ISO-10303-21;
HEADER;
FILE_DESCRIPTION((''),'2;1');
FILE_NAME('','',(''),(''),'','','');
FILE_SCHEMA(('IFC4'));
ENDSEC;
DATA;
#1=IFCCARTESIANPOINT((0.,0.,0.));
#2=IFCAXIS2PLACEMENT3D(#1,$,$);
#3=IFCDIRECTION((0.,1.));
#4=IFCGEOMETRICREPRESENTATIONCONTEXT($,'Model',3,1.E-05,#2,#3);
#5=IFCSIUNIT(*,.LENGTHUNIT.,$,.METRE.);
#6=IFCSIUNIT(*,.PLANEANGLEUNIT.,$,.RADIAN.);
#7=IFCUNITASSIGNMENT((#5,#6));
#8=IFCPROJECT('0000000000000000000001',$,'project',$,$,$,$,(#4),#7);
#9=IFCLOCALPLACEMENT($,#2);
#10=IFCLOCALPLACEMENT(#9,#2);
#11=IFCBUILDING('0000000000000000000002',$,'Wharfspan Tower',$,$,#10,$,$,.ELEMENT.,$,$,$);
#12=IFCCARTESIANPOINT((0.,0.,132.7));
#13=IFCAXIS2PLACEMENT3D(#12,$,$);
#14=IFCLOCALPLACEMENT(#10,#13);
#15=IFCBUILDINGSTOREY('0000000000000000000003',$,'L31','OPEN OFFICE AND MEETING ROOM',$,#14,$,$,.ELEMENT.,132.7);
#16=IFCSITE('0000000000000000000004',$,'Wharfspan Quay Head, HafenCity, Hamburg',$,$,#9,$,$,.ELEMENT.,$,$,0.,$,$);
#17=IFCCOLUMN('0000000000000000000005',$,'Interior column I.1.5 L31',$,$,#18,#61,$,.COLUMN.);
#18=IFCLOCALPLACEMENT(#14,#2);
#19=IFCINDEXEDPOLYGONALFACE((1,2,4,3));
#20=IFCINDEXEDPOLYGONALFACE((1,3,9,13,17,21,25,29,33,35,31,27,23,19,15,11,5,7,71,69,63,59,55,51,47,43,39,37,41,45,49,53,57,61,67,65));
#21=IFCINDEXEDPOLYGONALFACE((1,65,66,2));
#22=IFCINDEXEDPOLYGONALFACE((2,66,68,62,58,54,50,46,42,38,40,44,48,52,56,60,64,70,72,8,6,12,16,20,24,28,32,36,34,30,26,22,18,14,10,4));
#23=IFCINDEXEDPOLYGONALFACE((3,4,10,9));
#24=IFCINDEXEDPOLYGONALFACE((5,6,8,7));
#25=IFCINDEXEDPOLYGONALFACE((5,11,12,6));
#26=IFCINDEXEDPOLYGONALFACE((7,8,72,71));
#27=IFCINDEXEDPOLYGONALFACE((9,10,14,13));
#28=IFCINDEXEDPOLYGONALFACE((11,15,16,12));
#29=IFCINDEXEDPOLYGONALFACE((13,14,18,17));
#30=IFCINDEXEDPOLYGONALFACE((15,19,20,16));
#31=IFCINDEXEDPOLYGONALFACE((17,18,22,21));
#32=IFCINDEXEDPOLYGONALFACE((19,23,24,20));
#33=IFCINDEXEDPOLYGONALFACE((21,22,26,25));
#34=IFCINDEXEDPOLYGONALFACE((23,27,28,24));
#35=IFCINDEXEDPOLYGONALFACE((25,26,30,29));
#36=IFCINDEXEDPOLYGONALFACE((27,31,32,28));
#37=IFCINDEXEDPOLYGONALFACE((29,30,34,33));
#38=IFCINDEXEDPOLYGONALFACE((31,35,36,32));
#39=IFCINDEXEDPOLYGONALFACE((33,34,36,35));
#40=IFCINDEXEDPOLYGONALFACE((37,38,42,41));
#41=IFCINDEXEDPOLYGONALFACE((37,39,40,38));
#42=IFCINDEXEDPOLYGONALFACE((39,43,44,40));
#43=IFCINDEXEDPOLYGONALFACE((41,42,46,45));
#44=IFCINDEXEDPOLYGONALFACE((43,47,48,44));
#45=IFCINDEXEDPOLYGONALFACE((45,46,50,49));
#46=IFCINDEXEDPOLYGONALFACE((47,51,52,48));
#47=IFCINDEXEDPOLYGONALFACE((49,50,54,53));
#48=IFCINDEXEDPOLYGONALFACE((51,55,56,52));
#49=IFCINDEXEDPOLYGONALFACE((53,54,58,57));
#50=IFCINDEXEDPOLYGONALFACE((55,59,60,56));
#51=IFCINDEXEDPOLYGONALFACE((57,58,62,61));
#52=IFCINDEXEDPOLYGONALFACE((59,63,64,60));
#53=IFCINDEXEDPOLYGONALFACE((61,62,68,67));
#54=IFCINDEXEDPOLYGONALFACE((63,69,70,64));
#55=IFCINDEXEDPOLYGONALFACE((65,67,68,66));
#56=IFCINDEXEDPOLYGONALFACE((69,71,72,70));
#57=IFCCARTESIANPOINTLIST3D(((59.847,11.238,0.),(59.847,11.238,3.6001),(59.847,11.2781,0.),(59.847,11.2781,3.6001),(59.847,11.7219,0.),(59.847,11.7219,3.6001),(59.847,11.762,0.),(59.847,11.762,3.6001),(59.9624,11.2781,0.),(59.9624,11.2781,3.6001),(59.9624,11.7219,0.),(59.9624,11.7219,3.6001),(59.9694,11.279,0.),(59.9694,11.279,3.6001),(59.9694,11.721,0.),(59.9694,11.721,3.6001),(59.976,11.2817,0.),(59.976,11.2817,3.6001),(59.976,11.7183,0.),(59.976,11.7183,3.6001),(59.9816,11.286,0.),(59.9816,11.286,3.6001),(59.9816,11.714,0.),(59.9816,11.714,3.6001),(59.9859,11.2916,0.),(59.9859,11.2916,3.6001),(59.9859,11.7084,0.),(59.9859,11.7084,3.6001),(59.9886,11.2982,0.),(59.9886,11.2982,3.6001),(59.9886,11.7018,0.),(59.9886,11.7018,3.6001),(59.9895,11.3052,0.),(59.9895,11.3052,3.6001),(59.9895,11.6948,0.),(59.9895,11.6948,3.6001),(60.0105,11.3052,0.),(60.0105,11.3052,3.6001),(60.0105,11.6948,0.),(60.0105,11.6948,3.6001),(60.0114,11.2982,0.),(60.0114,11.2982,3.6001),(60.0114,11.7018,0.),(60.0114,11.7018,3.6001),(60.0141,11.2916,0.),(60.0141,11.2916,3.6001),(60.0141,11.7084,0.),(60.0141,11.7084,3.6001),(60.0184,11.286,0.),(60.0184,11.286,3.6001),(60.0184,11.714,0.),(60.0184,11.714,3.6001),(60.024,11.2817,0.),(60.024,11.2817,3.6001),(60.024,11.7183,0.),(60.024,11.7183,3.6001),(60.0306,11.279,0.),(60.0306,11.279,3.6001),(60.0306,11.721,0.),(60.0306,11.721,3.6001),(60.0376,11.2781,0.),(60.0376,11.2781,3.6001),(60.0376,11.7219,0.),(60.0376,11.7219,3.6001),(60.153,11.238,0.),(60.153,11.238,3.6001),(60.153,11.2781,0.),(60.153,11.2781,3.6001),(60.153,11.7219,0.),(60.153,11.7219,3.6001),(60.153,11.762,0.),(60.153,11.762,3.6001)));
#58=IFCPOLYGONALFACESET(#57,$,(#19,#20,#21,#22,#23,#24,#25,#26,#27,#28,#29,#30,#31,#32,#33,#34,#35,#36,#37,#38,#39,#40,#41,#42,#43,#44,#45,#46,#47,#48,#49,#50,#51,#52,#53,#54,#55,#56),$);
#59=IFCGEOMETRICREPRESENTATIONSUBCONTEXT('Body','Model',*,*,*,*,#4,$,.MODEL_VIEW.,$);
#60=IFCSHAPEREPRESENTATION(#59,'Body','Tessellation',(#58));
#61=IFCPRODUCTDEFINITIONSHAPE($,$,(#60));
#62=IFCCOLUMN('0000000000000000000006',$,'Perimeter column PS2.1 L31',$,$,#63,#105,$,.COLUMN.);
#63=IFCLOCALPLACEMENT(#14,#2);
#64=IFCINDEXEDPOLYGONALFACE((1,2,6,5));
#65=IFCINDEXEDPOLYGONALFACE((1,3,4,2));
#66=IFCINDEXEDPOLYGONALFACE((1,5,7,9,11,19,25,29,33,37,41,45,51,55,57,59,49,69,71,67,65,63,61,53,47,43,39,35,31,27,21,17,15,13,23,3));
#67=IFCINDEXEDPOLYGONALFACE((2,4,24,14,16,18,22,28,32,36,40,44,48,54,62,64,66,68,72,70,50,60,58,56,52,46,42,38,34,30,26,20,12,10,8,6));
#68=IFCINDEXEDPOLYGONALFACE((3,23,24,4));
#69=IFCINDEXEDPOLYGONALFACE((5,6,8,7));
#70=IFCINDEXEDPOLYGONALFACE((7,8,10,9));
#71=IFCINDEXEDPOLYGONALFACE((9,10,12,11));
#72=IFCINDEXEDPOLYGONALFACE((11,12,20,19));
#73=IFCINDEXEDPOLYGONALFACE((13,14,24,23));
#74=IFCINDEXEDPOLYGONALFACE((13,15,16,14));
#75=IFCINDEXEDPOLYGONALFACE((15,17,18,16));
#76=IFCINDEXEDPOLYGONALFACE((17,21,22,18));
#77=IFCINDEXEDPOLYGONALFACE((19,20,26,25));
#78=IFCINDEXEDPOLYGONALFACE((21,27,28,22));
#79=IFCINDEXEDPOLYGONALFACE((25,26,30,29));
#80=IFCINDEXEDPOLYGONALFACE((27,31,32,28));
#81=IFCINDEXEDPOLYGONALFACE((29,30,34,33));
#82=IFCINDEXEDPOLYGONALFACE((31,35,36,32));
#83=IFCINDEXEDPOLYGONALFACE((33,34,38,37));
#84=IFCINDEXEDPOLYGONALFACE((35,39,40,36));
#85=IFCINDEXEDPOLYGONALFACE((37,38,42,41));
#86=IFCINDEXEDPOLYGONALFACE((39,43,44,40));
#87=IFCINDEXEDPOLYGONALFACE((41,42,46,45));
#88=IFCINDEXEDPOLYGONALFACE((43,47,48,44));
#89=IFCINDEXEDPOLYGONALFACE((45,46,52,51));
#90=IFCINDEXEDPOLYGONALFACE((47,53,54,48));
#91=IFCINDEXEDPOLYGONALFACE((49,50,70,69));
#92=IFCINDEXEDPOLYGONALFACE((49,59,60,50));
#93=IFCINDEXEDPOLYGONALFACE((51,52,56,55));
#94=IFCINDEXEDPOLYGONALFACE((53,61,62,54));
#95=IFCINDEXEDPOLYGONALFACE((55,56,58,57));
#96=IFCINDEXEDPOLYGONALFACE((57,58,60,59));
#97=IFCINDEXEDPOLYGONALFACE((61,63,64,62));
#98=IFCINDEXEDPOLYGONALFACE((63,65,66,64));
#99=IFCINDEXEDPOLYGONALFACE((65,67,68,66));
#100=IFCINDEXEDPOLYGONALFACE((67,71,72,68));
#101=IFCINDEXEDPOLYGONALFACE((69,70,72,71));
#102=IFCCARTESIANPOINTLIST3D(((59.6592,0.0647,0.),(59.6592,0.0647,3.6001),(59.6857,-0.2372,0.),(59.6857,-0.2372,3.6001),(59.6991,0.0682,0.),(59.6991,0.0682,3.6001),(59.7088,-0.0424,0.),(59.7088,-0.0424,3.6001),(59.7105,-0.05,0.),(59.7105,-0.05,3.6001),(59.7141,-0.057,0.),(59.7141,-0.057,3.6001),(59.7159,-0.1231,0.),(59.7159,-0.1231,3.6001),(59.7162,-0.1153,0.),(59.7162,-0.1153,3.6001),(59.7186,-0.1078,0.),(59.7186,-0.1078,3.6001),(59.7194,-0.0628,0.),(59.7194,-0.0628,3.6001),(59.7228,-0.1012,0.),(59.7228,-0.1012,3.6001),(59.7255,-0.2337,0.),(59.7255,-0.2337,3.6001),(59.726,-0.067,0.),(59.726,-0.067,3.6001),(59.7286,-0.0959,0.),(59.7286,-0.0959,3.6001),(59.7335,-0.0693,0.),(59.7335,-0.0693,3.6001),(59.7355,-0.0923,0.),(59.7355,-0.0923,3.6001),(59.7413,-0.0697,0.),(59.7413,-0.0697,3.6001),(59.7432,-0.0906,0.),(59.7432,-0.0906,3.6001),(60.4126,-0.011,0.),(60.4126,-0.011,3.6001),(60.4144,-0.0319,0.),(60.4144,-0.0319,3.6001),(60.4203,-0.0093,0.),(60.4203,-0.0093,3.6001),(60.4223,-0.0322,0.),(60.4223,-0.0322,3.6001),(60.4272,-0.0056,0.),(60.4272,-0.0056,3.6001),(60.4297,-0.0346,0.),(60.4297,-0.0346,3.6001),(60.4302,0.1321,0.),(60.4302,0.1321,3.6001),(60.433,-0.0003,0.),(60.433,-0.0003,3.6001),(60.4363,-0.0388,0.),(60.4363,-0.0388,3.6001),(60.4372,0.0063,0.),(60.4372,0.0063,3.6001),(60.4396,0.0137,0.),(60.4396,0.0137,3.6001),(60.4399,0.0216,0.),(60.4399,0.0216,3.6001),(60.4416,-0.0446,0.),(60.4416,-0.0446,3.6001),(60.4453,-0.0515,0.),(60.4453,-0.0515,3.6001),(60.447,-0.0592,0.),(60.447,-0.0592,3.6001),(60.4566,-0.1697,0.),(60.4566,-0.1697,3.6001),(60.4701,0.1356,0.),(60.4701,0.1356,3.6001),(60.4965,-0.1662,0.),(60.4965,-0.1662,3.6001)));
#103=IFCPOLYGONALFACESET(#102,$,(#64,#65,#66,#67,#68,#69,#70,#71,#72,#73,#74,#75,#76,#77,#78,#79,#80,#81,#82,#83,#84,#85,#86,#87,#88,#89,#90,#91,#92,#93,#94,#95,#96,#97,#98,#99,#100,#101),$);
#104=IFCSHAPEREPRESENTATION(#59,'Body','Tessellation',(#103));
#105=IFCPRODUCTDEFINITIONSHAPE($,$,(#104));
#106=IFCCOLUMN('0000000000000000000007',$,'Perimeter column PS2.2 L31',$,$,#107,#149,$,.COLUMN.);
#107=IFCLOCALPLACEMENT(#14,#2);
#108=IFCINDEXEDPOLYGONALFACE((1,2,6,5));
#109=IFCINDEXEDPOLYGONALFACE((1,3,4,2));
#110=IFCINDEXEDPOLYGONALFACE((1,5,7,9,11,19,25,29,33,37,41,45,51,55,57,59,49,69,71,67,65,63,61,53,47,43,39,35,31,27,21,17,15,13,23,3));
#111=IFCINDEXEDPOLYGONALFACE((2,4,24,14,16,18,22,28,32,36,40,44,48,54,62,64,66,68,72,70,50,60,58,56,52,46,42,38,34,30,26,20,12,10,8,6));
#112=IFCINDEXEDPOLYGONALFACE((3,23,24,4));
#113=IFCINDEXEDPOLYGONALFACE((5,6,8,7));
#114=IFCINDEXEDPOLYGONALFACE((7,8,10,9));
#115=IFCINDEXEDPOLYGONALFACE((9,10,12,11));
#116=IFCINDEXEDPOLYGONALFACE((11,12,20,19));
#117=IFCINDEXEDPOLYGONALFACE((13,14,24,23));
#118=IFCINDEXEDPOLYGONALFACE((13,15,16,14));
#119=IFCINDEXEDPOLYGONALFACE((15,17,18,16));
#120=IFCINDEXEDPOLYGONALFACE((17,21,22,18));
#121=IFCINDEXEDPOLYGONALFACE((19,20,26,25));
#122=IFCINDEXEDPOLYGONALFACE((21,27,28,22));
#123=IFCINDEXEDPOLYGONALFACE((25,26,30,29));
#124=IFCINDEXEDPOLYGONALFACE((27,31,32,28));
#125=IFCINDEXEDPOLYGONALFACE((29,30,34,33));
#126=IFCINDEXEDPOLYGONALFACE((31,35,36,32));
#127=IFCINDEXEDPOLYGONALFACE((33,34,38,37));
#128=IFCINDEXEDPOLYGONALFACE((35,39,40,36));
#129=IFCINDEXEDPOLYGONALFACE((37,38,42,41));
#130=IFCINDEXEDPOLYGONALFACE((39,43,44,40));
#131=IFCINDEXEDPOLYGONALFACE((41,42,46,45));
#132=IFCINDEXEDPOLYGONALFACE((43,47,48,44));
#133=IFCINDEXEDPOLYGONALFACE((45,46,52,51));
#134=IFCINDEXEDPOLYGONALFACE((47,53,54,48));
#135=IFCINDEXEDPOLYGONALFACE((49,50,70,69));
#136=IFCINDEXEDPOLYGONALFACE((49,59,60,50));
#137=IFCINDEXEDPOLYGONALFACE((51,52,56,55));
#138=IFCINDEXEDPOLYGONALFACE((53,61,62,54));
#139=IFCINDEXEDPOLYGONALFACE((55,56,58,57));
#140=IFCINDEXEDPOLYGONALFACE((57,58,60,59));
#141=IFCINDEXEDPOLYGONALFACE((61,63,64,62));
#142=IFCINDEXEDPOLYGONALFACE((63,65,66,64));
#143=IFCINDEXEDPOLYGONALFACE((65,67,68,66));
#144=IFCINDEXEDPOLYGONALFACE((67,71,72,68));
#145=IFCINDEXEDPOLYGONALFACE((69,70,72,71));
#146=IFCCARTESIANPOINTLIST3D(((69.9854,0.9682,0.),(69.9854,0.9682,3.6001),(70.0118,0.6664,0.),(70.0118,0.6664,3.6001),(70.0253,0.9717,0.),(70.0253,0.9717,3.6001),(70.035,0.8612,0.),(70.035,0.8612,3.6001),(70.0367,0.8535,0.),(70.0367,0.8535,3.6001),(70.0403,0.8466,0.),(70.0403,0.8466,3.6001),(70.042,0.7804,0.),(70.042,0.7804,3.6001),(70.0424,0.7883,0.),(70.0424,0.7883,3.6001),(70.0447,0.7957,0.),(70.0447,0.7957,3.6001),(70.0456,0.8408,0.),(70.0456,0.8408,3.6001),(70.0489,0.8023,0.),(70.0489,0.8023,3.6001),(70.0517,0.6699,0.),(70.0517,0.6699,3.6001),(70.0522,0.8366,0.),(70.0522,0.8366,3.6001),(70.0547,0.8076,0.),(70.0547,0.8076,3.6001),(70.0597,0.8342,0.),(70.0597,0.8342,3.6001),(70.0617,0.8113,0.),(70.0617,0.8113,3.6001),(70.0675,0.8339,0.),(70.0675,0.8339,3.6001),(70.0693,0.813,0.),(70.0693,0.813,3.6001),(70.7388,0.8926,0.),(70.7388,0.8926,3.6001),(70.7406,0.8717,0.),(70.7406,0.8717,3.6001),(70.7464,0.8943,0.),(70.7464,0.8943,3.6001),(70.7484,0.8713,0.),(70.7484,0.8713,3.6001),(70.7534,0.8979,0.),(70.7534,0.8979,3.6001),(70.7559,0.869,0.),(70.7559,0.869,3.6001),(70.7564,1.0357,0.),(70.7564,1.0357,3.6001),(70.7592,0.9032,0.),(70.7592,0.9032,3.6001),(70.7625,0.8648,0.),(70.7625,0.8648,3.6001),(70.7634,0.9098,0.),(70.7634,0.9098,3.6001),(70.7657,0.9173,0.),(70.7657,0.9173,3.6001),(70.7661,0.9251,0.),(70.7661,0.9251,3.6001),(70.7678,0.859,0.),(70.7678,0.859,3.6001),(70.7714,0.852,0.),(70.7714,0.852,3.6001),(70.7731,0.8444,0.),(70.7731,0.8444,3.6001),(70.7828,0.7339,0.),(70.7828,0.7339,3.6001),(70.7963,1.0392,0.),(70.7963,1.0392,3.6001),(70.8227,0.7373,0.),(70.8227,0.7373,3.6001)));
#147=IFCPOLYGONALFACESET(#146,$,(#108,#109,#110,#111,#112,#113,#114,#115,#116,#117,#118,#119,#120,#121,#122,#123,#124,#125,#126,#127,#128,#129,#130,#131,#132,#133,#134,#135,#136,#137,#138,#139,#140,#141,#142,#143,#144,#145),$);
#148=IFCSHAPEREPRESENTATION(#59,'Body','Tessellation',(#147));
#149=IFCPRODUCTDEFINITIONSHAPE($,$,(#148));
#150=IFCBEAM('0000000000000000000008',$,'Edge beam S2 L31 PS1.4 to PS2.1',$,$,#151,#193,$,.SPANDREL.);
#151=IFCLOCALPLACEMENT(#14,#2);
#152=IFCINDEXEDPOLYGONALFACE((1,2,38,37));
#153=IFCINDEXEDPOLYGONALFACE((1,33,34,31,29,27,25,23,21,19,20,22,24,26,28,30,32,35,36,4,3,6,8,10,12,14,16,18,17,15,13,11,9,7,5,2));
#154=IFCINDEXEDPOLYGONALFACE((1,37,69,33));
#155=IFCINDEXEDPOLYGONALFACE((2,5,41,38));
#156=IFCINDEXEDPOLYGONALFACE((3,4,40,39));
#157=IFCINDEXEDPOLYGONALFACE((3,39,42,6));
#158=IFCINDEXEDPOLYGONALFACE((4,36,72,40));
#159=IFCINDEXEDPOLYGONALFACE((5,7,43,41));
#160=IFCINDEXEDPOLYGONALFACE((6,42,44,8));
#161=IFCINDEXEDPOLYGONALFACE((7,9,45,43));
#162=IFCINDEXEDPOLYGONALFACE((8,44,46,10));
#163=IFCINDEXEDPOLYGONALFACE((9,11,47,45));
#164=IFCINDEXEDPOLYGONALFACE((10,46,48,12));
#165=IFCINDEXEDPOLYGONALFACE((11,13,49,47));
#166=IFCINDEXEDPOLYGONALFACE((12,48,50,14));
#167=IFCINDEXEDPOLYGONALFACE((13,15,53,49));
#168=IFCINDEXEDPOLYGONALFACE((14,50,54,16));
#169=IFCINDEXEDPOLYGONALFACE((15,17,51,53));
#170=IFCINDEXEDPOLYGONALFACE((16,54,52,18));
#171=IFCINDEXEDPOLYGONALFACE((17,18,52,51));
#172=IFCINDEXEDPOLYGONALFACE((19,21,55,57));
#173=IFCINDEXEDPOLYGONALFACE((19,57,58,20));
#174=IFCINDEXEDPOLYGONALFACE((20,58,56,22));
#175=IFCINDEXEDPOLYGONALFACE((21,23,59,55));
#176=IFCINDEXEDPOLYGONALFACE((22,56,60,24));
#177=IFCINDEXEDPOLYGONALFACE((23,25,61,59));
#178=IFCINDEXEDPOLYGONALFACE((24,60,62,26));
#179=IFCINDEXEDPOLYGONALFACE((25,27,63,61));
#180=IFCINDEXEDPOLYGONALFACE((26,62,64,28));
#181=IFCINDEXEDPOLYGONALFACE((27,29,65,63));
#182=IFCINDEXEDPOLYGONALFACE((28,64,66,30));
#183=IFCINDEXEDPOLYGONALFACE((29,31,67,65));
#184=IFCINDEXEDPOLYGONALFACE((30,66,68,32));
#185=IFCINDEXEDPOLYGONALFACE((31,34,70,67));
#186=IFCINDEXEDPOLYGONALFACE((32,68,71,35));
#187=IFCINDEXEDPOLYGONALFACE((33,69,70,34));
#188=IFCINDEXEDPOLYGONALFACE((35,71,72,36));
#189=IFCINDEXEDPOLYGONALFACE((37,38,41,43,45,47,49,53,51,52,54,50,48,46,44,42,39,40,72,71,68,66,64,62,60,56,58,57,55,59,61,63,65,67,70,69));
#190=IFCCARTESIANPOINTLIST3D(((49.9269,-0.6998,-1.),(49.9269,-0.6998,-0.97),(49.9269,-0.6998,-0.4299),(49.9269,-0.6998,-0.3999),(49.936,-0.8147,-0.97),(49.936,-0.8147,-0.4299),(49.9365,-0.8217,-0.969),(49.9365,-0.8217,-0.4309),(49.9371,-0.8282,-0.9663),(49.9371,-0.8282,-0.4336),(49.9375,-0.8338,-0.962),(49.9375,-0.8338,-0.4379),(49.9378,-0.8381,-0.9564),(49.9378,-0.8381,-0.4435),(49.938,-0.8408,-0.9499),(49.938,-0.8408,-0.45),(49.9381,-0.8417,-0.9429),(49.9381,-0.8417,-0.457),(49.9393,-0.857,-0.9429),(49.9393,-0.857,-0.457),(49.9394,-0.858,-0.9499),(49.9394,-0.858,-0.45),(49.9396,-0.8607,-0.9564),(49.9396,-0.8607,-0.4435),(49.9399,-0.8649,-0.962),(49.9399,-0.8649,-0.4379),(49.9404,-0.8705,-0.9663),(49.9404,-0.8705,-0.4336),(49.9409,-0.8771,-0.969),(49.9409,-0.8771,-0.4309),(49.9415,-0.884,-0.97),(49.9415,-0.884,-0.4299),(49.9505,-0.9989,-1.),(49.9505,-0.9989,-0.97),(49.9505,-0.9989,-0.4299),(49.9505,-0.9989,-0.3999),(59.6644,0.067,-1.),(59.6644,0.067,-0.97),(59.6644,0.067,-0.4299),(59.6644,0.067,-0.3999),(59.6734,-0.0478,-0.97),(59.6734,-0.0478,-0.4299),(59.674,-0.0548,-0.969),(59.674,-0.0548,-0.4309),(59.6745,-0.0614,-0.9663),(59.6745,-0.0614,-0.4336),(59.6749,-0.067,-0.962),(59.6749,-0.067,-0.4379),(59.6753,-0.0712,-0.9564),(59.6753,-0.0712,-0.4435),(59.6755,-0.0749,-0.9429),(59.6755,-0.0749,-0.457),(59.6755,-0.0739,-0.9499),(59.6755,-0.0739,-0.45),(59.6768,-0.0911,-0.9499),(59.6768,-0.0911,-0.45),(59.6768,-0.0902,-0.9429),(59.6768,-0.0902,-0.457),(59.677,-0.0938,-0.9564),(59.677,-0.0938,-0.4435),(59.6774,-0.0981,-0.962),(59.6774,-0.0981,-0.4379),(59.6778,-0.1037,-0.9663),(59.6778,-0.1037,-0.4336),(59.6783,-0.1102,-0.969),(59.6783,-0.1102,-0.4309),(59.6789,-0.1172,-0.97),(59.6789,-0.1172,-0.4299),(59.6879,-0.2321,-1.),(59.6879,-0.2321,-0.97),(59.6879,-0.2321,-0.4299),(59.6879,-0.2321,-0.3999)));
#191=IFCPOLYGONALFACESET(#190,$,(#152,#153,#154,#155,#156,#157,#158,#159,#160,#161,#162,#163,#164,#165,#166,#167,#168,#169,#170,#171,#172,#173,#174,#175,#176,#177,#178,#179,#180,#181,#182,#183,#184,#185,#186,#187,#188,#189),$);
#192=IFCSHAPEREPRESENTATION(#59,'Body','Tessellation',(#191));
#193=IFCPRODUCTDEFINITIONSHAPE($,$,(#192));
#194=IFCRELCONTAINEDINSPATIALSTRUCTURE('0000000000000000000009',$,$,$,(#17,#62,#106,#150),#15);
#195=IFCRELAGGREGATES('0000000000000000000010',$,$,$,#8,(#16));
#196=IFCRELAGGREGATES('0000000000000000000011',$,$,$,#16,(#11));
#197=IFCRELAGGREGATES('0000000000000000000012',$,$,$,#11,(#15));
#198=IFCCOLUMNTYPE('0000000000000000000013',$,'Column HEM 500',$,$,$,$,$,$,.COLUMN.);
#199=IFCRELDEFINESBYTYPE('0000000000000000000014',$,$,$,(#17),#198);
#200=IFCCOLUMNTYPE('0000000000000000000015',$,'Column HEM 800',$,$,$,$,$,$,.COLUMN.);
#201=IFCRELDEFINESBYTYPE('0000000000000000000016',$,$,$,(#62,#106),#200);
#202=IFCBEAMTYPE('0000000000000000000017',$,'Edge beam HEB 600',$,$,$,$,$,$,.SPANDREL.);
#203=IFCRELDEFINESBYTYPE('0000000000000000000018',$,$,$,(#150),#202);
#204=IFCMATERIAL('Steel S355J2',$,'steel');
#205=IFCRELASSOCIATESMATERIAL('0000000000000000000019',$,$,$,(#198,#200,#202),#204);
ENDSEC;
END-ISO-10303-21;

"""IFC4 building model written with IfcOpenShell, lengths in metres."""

from ifc_helpers import new_model, si_unit, direction, frame, origin, origin_2d, place, context, subcontext, project, spatial, i_section, extrude, material, material_profile, profile_set, type_object, element, save


model = new_model("IFC4")

# Units and contexts
model_context = context("Model", 3, precision=1e-05, world=origin(), true_north=direction((0.0, 1.0)))
body_context = subcontext(model_context, "Body", "Model", "MODEL_VIEW")
ifc_project = project(units=[si_unit("LENGTHUNIT", "METRE"), si_unit("PLANEANGLEUNIT", "RADIAN")], contexts=[model_context])

# Site, building, storey
site_placement = place(None, origin())
site = spatial("IfcSite", under=ifc_project, at=site_placement, Name="Wharfspan Quay Head, HafenCity, Hamburg", CompositionType="ELEMENT", RefElevation=0.0)
building_placement = place(site_placement, origin())
building = spatial("IfcBuilding", under=site, at=building_placement, Name="Wharfspan Tower", CompositionType="ELEMENT")
storey_placement = place(building_placement, frame((0.0, 0.0, 132.7)))
storey = spatial("IfcBuildingStorey", under=building, at=storey_placement, Name="L31", Description="OPEN OFFICE AND MEETING ROOM", CompositionType="ELEMENT", Elevation=132.7)

# Columns
ifc_material_1 = material(Name="Steel S355J2", Category="steel")
ifc_material_profile_1 = material_profile(ifc_material_1, i_section(OverallWidth=0.3059, OverallDepth=0.5239, WebThickness=0.021, FlangeThickness=0.04, FilletRadius=0.0271, at=origin_2d()))
ifc_profile_set_1 = profile_set([ifc_material_profile_1], Name="Steel S355J2")
column_type_1 = type_object("IfcColumnType", Name="Column HEM 500", PredefinedType="COLUMN", material=ifc_profile_set_1)
column_placement = place(storey_placement, frame((60.0, 11.5, 0.0), z_axis=(0.0, 0.0, 1.0), x_axis=(1.0, 0.0, 0.0)))
element("IfcColumn", 1, at=column_placement, inside=storey, type_object=column_type_1, Name="Interior column I.1.5 L31", PredefinedType="COLUMN", context=body_context, shape_type="SweptSolid", body=[
    extrude(i_section(OverallWidth=0.3059, OverallDepth=0.5239, WebThickness=0.021, FlangeThickness=0.04, FilletRadius=0.0271, at=origin_2d()), origin(), (0.0, 0.0, 1.0), 3.6001),
])
ifc_material_profile_2 = material_profile(ifc_material_1, i_section(OverallWidth=0.303, OverallDepth=0.814, WebThickness=0.021, FlangeThickness=0.04, FilletRadius=0.03, at=origin_2d()))
ifc_profile_set_2 = profile_set([ifc_material_profile_2], Name="Steel S355J2")
column_type_2 = type_object("IfcColumnType", Name="Column HEM 800", PredefinedType="COLUMN", material=ifc_profile_set_2)
for number, where, z_axis, x_axis, name in (
    (2, (60.0779, -0.0508, 0.0), (0.0, 0.0, 1.0), (0.087156, -0.996198, 0.0), "Perimeter column PS2.1 L31"),
    (3, (70.4041, 0.8528, 0.0), (0.0, 0.0, 1.0), (0.087156, -0.996198, 0.0), "Perimeter column PS2.2 L31"),
):
    element("IfcColumn", number, at=place(storey_placement, frame(where, z_axis=z_axis, x_axis=x_axis)), inside=storey, type_object=column_type_2, Name=name, PredefinedType="COLUMN", context=body_context, shape_type="SweptSolid", body=[
        extrude(i_section(OverallWidth=0.303, OverallDepth=0.814, WebThickness=0.021, FlangeThickness=0.04, FilletRadius=0.03, at=origin_2d()), origin(), (0.0, 0.0, 1.0), 3.6001),
    ])

# Beam
ifc_material_profile_3 = material_profile(ifc_material_1, i_section(OverallWidth=0.3, OverallDepth=0.6001, WebThickness=0.0154, FlangeThickness=0.03, FilletRadius=0.0271, at=origin_2d()))
ifc_profile_set_3 = profile_set([ifc_material_profile_3], Name="Steel S355J2")
beam_type = type_object("IfcBeamType", Name="Edge beam HEB 600", PredefinedType="SPANDREL", material=ifc_profile_set_3)
beam_1_placement = place(storey_placement, frame((49.9387, -0.8494, -0.7), z_axis=(0.996913, 0.078508, 0.0), x_axis=(-0.078508, 0.996913, 0.0)))
element("IfcBeam", 4, at=beam_1_placement, inside=storey, type_object=beam_type, Name="Edge beam S2 L31 PS1.4 to PS2.1", PredefinedType="SPANDREL", context=body_context, shape_type="SweptSolid", body=[
    extrude(i_section(OverallWidth=0.3, OverallDepth=0.6001, WebThickness=0.0154, FlangeThickness=0.03, FilletRadius=0.0271, at=origin_2d()), origin(), (0.0, 0.0, 1.0), 9.7676),
])

save(model, "model.ifc")
